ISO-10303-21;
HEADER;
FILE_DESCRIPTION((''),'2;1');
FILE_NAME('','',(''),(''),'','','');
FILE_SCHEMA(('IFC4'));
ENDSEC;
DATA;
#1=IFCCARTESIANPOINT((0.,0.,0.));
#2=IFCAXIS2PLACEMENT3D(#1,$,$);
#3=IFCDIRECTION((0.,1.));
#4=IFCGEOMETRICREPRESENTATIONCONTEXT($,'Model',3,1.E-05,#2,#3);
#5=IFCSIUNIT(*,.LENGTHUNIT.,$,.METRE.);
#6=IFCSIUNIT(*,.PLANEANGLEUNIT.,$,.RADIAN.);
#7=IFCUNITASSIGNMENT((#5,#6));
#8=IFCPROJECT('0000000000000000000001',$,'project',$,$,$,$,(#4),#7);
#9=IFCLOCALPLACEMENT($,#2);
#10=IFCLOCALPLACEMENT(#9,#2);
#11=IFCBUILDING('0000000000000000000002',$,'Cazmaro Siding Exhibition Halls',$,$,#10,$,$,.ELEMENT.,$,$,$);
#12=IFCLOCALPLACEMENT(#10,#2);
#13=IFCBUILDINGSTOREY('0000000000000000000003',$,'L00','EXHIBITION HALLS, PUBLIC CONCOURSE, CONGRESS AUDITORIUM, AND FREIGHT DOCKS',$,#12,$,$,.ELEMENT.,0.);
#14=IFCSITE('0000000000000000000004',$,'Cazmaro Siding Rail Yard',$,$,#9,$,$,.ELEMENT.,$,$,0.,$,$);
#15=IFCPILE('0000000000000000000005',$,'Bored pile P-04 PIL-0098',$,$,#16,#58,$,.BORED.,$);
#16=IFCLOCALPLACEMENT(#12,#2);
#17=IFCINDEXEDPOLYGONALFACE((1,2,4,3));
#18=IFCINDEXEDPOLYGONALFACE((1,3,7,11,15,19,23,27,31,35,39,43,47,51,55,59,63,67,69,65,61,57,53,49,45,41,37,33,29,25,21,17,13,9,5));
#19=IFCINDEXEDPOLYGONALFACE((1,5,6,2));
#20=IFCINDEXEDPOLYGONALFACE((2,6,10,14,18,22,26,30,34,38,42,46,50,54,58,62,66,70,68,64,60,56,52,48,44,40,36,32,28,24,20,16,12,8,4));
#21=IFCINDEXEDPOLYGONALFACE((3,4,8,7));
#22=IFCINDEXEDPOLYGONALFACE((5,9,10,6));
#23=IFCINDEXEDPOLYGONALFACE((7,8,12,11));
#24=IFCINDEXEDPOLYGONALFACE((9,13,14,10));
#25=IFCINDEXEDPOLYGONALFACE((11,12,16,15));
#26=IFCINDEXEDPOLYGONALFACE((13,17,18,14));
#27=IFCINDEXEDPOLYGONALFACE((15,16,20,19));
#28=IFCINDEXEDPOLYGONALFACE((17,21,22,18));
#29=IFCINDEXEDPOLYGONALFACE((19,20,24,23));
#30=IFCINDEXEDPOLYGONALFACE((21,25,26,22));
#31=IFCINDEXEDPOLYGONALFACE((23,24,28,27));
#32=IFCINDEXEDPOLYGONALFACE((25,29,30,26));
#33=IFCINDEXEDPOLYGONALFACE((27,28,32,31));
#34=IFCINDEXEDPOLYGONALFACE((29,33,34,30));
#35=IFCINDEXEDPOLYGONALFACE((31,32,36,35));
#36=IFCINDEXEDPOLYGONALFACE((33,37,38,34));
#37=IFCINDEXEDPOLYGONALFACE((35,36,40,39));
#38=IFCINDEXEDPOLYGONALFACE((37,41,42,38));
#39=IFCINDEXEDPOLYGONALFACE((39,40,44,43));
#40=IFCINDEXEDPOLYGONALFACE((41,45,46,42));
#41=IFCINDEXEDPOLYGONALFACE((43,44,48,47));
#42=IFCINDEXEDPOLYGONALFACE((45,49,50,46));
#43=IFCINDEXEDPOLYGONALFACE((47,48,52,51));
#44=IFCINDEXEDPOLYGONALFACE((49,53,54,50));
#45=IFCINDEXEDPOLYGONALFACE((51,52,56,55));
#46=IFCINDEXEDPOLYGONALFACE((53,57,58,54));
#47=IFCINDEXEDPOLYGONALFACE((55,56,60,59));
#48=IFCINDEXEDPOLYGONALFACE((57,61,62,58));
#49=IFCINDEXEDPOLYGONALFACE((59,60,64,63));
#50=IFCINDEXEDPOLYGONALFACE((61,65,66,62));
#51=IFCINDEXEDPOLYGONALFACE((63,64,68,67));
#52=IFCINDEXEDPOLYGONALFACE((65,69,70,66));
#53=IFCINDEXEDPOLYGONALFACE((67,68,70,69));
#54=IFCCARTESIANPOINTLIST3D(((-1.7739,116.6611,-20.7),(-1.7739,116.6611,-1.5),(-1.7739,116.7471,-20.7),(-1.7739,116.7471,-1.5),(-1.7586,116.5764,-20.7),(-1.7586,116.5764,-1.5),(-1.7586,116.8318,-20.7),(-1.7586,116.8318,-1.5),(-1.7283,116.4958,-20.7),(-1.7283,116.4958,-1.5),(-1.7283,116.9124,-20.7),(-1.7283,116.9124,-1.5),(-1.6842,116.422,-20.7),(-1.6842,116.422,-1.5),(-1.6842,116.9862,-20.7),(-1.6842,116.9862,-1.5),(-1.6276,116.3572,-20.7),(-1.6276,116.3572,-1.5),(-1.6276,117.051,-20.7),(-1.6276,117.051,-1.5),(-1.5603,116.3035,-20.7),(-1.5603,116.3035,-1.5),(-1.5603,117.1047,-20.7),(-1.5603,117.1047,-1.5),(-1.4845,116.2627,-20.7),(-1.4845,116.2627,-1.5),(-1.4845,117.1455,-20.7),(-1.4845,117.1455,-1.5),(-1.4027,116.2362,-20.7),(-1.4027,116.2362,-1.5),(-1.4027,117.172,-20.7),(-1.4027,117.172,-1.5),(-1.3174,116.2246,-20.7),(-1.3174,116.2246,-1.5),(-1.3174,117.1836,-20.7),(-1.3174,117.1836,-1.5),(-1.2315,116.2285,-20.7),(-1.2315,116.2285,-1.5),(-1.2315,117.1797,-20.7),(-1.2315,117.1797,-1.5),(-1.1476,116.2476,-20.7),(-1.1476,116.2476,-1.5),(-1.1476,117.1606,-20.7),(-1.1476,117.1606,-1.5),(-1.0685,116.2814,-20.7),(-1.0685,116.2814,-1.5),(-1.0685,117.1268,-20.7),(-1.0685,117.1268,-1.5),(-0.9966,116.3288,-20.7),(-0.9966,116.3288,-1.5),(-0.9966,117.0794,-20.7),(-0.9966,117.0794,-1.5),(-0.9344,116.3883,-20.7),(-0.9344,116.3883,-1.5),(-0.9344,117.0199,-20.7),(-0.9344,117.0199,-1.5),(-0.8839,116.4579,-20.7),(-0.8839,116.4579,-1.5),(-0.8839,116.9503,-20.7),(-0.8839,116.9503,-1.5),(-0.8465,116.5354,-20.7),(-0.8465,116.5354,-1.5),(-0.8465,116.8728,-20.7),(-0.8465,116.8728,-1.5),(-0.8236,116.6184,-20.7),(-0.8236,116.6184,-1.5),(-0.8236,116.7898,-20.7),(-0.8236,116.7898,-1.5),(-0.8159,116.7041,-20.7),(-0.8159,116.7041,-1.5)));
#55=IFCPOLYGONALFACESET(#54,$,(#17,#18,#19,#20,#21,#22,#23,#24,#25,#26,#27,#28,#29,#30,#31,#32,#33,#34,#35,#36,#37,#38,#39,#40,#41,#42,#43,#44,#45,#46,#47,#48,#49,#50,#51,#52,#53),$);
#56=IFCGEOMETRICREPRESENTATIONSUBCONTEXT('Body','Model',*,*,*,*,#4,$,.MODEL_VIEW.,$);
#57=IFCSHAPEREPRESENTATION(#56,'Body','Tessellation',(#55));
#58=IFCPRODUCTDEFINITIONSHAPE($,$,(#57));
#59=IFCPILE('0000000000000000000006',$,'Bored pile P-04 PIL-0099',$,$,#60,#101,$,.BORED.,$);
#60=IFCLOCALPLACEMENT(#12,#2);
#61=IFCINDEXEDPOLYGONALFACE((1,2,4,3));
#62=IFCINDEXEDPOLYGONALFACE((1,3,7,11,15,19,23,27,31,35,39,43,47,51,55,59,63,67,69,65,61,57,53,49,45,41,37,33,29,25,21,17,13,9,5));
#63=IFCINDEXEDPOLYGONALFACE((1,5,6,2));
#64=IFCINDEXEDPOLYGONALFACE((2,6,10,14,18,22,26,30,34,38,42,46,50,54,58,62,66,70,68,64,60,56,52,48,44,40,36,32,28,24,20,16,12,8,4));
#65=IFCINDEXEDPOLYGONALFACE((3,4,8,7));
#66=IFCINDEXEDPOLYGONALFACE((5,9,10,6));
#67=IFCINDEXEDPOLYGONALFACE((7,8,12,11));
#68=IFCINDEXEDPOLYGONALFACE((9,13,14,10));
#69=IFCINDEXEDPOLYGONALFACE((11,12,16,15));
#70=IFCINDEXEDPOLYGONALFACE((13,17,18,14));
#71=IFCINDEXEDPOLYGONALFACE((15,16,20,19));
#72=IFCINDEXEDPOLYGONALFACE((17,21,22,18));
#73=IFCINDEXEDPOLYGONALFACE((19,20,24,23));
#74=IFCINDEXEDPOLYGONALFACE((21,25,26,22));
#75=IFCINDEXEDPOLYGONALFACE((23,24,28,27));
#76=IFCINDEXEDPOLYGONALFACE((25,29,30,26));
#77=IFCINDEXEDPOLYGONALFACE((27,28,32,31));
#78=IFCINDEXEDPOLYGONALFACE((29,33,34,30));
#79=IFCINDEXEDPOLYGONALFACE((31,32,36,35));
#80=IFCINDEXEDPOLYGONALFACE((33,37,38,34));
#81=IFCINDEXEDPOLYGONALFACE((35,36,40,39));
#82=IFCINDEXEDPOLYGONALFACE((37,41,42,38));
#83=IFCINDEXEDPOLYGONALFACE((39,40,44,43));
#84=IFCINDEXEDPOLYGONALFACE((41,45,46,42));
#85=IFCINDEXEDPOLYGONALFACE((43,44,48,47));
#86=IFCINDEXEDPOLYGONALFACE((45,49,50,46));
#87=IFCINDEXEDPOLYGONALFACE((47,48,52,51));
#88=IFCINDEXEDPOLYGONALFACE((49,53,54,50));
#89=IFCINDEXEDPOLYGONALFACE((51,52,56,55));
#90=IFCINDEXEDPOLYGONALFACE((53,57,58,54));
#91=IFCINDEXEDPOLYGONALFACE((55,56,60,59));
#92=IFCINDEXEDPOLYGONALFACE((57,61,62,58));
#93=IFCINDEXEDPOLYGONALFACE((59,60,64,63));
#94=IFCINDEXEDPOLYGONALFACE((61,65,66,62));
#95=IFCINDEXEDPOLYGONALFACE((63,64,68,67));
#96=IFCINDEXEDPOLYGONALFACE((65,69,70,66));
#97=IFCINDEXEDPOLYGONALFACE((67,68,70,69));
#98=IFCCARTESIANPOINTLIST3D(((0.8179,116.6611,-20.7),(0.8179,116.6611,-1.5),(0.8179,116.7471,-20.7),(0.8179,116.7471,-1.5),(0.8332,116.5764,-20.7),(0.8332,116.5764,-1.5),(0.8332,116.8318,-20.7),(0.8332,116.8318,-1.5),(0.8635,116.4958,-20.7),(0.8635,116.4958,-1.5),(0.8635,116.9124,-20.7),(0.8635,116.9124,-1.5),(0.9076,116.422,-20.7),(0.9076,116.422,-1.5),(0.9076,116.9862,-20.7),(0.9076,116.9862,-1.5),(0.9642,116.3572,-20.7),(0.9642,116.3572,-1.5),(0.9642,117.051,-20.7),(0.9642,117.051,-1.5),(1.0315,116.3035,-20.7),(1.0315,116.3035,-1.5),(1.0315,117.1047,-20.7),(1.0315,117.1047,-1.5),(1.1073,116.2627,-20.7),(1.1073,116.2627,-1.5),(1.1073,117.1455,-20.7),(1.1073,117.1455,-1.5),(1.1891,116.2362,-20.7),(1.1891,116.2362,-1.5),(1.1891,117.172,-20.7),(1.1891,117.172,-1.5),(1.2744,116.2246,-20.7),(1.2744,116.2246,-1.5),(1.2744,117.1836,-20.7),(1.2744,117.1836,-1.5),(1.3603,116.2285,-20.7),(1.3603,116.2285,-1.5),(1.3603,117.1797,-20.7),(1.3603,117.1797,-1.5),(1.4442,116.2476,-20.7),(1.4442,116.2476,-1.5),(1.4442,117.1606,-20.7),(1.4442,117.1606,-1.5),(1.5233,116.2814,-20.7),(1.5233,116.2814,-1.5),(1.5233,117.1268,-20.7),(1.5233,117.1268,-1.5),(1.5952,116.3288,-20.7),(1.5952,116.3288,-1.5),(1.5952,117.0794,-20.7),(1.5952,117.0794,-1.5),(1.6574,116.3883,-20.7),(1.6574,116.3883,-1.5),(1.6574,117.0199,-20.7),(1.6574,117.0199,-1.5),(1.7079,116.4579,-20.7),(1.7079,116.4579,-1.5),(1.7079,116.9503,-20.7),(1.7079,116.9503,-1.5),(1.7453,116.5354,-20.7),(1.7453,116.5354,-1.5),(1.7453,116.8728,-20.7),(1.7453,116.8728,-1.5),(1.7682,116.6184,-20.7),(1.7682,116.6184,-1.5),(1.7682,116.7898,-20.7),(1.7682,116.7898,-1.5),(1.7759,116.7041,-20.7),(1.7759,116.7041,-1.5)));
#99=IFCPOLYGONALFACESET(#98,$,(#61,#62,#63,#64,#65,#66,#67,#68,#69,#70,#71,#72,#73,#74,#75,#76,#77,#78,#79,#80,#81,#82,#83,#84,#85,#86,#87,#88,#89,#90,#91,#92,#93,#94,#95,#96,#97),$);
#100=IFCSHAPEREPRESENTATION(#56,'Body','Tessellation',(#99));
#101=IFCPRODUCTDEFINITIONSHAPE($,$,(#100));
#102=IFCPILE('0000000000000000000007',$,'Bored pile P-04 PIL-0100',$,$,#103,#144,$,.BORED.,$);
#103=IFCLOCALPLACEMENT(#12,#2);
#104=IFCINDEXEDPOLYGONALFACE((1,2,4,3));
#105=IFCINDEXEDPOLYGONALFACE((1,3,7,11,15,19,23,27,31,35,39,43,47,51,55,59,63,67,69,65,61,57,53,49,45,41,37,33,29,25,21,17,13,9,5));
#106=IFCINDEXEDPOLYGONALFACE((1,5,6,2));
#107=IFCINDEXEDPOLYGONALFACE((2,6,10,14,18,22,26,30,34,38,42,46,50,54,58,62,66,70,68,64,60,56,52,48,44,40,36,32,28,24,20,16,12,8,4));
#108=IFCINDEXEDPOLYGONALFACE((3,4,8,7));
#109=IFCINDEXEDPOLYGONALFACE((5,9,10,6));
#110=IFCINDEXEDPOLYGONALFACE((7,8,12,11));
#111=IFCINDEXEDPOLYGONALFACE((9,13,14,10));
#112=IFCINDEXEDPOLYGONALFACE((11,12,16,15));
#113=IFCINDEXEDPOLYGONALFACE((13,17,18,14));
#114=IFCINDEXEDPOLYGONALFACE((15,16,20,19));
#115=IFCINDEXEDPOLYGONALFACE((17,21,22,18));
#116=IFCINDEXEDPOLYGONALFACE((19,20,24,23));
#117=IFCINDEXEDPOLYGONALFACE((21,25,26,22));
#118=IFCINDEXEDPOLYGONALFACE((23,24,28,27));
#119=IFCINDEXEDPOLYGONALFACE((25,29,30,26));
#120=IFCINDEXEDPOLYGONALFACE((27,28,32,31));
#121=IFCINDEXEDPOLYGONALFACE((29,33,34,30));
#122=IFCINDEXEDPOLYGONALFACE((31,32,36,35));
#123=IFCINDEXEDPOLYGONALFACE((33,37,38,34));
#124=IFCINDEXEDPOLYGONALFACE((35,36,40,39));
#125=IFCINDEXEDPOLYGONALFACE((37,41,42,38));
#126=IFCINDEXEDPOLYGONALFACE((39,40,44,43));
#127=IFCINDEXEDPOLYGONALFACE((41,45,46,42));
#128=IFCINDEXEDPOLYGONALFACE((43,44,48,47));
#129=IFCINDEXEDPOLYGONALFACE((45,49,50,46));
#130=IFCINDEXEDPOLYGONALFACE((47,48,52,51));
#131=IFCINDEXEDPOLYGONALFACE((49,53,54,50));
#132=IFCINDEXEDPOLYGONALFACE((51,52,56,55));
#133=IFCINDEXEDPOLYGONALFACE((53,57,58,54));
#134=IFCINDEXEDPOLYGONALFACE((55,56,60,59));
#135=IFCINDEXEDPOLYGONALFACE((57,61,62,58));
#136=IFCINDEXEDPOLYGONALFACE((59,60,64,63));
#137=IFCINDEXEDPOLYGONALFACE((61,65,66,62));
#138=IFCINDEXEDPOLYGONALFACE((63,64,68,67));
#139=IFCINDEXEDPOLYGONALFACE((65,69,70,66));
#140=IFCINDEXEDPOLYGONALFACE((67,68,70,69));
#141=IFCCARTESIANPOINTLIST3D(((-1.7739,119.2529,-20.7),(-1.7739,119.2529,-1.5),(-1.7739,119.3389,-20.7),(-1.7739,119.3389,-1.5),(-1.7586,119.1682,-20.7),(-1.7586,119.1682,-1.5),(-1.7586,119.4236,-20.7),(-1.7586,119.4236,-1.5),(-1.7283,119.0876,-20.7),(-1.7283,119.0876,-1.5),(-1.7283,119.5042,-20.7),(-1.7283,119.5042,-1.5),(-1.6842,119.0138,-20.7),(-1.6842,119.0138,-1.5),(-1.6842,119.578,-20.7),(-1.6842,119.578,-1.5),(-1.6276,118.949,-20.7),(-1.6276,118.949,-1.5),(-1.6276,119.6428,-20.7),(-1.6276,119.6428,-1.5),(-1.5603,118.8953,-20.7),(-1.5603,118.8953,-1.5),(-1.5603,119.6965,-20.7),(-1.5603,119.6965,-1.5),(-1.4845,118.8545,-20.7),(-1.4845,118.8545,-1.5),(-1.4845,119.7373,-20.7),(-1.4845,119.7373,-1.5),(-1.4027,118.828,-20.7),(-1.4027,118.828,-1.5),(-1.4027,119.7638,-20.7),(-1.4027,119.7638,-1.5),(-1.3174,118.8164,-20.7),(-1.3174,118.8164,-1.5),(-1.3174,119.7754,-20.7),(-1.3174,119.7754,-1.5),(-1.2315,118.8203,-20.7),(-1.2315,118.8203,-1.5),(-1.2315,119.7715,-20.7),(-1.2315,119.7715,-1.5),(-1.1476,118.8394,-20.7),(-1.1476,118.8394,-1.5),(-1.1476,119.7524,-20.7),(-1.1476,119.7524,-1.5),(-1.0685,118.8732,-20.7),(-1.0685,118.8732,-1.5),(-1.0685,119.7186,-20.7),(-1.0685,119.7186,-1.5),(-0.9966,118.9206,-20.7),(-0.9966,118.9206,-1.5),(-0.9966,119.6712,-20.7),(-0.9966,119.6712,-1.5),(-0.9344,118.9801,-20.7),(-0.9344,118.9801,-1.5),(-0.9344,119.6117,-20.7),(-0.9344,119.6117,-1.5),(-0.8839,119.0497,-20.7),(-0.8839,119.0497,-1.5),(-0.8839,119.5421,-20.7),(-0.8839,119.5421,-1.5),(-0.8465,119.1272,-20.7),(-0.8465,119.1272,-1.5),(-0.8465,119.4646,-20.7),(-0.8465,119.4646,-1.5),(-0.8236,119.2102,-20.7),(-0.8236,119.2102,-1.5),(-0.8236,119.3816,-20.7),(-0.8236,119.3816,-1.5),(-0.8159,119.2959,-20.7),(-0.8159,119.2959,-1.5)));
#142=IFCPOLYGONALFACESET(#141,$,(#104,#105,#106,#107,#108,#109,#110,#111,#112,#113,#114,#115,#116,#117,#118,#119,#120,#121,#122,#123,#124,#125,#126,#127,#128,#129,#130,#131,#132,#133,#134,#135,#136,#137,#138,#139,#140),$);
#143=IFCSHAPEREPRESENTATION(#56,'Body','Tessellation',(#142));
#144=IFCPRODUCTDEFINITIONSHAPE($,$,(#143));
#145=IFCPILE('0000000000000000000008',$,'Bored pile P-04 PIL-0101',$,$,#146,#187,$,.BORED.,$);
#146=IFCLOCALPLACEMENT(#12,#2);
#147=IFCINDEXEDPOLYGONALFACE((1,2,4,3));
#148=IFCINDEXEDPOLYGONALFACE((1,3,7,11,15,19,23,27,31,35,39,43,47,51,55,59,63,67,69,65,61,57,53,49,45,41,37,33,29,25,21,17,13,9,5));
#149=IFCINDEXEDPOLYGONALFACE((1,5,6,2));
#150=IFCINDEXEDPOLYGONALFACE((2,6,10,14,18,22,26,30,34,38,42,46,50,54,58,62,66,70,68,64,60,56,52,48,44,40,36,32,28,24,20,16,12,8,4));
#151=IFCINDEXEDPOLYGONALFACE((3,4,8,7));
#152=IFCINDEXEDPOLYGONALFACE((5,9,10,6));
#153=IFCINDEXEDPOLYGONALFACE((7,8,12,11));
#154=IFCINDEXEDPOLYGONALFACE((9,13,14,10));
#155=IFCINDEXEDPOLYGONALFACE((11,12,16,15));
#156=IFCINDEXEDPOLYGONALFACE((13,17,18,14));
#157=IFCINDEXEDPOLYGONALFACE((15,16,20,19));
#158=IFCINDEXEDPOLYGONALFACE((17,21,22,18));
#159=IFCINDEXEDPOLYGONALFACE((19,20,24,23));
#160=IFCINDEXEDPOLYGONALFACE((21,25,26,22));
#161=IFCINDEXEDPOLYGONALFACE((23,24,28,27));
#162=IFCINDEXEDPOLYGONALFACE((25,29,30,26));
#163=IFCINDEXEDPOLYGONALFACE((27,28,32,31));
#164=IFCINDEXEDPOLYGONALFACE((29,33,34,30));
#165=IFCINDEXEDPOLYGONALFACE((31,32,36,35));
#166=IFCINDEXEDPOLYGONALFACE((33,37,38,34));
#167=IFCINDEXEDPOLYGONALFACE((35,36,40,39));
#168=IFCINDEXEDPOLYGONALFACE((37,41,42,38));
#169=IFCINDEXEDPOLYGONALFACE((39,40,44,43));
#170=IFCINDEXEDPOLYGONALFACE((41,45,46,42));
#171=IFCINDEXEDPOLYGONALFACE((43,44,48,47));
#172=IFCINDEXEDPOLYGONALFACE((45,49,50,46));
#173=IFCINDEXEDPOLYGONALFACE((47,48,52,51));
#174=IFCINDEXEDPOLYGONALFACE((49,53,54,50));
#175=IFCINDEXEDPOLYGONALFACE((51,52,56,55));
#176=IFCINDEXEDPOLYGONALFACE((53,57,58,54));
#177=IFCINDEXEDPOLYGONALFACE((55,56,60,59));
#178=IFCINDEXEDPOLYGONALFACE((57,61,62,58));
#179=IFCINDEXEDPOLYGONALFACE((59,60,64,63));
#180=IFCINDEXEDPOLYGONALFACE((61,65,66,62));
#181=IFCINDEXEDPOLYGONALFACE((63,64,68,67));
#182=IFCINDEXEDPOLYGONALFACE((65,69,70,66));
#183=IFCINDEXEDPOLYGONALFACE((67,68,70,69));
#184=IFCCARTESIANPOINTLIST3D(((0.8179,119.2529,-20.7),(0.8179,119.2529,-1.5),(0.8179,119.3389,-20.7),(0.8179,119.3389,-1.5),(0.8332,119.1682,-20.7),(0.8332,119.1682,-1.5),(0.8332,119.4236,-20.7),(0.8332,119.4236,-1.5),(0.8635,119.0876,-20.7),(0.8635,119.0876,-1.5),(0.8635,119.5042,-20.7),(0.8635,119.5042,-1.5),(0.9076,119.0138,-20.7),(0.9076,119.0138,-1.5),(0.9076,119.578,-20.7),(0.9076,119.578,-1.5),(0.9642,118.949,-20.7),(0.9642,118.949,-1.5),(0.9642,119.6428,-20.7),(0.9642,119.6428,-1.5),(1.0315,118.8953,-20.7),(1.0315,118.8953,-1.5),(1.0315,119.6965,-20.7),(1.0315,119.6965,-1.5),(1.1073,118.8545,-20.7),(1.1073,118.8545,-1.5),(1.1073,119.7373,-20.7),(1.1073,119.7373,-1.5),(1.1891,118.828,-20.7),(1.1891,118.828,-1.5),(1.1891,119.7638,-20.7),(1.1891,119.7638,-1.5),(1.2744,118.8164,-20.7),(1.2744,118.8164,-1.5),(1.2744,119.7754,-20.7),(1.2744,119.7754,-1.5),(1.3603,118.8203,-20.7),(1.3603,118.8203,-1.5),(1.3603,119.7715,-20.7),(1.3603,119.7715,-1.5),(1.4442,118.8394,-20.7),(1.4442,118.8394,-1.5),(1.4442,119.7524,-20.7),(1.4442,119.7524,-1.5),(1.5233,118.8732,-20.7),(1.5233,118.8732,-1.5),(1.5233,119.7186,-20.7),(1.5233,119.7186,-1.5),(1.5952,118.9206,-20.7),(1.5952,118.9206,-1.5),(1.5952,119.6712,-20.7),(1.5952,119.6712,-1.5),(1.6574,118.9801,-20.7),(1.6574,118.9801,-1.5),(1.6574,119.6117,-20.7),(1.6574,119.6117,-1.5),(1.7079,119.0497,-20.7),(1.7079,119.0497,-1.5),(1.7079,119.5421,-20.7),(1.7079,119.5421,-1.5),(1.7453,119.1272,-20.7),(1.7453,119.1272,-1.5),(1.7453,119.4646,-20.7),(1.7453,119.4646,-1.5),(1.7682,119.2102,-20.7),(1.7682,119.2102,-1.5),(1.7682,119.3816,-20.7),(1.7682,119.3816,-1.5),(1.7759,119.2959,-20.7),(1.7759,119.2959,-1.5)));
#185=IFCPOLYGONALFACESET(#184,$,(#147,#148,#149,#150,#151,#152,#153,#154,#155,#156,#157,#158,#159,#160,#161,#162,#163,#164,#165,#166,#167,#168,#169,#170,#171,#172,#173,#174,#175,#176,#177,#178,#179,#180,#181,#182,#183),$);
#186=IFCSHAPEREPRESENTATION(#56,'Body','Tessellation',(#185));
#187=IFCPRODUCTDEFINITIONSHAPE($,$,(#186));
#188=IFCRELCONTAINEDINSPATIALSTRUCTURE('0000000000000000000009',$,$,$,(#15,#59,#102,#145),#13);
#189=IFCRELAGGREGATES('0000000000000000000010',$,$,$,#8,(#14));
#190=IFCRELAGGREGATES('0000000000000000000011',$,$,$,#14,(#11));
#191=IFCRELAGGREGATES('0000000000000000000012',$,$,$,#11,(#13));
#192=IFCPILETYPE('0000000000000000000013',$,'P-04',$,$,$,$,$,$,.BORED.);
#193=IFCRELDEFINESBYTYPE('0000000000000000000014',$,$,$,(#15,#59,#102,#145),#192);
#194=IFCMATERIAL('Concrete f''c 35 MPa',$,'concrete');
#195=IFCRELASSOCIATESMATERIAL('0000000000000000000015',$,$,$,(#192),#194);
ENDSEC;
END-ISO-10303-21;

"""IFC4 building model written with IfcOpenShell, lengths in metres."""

from ifc_helpers import new_model, si_unit, direction, frame, origin, origin_2d, place, context, subcontext, project, spatial, circle, extrude, material, material_profile, profile_set, type_object, element, save


model = new_model("IFC4")

# Units and contexts
model_context = context("Model", 3, precision=1e-05, world=origin(), true_north=direction((0.0, 1.0)))
body_context = subcontext(model_context, "Body", "Model", "MODEL_VIEW")
ifc_project = project(units=[si_unit("LENGTHUNIT", "METRE"), si_unit("PLANEANGLEUNIT", "RADIAN")], contexts=[model_context])

# Site, building, storey
site_placement = place(None, origin())
site = spatial("IfcSite", under=ifc_project, at=site_placement, Name="Cazmaro Siding Rail Yard", CompositionType="ELEMENT", RefElevation=0.0)
building_placement = place(site_placement, origin())
building = spatial("IfcBuilding", under=site, at=building_placement, Name="Cazmaro Siding Exhibition Halls", CompositionType="ELEMENT")
storey_placement = place(building_placement, origin())
storey = spatial("IfcBuildingStorey", under=building, at=storey_placement, Name="L00", Description="EXHIBITION HALLS, PUBLIC CONCOURSE, CONGRESS AUDITORIUM, AND FREIGHT DOCKS", CompositionType="ELEMENT", Elevation=0.0)

# Piles
ifc_material_1 = material(Name="Concrete f'c 35 MPa", Category="concrete")
ifc_material_profile_1 = material_profile(ifc_material_1, circle(Radius=0.48, at=origin_2d()), Name="CIDH-960")
ifc_profile_set_1 = profile_set([ifc_material_profile_1], Name="Concrete f'c 35 MPa")
pile_type = type_object("IfcPileType", Name="P-04", PredefinedType="BORED", material=ifc_profile_set_1)
for number, where, z_axis, x_axis, name in (
    (1, (-1.2959, 116.7041, -1.5), (0.0, 0.0, -1.0), (1.0, 0.0, 0.0), "Bored pile P-04 PIL-0098"),
    (2, (1.2959, 116.7041, -1.5), (0.0, 0.0, -1.0), (1.0, 0.0, 0.0), "Bored pile P-04 PIL-0099"),
    (3, (-1.2959, 119.2959, -1.5), (0.0, 0.0, -1.0), (1.0, 0.0, 0.0), "Bored pile P-04 PIL-0100"),
    (4, (1.2959, 119.2959, -1.5), (0.0, 0.0, -1.0), (1.0, 0.0, 0.0), "Bored pile P-04 PIL-0101"),
):
    element("IfcPile", number, at=place(storey_placement, frame(where, z_axis=z_axis, x_axis=x_axis)), inside=storey, type_object=pile_type, Name=name, PredefinedType="BORED", context=body_context, shape_type="SweptSolid", body=[
        extrude(circle(Radius=0.48, at=origin_2d()), origin(), (0.0, 0.0, 1.0), 19.2),
    ])

save(model, "model.ifc")
